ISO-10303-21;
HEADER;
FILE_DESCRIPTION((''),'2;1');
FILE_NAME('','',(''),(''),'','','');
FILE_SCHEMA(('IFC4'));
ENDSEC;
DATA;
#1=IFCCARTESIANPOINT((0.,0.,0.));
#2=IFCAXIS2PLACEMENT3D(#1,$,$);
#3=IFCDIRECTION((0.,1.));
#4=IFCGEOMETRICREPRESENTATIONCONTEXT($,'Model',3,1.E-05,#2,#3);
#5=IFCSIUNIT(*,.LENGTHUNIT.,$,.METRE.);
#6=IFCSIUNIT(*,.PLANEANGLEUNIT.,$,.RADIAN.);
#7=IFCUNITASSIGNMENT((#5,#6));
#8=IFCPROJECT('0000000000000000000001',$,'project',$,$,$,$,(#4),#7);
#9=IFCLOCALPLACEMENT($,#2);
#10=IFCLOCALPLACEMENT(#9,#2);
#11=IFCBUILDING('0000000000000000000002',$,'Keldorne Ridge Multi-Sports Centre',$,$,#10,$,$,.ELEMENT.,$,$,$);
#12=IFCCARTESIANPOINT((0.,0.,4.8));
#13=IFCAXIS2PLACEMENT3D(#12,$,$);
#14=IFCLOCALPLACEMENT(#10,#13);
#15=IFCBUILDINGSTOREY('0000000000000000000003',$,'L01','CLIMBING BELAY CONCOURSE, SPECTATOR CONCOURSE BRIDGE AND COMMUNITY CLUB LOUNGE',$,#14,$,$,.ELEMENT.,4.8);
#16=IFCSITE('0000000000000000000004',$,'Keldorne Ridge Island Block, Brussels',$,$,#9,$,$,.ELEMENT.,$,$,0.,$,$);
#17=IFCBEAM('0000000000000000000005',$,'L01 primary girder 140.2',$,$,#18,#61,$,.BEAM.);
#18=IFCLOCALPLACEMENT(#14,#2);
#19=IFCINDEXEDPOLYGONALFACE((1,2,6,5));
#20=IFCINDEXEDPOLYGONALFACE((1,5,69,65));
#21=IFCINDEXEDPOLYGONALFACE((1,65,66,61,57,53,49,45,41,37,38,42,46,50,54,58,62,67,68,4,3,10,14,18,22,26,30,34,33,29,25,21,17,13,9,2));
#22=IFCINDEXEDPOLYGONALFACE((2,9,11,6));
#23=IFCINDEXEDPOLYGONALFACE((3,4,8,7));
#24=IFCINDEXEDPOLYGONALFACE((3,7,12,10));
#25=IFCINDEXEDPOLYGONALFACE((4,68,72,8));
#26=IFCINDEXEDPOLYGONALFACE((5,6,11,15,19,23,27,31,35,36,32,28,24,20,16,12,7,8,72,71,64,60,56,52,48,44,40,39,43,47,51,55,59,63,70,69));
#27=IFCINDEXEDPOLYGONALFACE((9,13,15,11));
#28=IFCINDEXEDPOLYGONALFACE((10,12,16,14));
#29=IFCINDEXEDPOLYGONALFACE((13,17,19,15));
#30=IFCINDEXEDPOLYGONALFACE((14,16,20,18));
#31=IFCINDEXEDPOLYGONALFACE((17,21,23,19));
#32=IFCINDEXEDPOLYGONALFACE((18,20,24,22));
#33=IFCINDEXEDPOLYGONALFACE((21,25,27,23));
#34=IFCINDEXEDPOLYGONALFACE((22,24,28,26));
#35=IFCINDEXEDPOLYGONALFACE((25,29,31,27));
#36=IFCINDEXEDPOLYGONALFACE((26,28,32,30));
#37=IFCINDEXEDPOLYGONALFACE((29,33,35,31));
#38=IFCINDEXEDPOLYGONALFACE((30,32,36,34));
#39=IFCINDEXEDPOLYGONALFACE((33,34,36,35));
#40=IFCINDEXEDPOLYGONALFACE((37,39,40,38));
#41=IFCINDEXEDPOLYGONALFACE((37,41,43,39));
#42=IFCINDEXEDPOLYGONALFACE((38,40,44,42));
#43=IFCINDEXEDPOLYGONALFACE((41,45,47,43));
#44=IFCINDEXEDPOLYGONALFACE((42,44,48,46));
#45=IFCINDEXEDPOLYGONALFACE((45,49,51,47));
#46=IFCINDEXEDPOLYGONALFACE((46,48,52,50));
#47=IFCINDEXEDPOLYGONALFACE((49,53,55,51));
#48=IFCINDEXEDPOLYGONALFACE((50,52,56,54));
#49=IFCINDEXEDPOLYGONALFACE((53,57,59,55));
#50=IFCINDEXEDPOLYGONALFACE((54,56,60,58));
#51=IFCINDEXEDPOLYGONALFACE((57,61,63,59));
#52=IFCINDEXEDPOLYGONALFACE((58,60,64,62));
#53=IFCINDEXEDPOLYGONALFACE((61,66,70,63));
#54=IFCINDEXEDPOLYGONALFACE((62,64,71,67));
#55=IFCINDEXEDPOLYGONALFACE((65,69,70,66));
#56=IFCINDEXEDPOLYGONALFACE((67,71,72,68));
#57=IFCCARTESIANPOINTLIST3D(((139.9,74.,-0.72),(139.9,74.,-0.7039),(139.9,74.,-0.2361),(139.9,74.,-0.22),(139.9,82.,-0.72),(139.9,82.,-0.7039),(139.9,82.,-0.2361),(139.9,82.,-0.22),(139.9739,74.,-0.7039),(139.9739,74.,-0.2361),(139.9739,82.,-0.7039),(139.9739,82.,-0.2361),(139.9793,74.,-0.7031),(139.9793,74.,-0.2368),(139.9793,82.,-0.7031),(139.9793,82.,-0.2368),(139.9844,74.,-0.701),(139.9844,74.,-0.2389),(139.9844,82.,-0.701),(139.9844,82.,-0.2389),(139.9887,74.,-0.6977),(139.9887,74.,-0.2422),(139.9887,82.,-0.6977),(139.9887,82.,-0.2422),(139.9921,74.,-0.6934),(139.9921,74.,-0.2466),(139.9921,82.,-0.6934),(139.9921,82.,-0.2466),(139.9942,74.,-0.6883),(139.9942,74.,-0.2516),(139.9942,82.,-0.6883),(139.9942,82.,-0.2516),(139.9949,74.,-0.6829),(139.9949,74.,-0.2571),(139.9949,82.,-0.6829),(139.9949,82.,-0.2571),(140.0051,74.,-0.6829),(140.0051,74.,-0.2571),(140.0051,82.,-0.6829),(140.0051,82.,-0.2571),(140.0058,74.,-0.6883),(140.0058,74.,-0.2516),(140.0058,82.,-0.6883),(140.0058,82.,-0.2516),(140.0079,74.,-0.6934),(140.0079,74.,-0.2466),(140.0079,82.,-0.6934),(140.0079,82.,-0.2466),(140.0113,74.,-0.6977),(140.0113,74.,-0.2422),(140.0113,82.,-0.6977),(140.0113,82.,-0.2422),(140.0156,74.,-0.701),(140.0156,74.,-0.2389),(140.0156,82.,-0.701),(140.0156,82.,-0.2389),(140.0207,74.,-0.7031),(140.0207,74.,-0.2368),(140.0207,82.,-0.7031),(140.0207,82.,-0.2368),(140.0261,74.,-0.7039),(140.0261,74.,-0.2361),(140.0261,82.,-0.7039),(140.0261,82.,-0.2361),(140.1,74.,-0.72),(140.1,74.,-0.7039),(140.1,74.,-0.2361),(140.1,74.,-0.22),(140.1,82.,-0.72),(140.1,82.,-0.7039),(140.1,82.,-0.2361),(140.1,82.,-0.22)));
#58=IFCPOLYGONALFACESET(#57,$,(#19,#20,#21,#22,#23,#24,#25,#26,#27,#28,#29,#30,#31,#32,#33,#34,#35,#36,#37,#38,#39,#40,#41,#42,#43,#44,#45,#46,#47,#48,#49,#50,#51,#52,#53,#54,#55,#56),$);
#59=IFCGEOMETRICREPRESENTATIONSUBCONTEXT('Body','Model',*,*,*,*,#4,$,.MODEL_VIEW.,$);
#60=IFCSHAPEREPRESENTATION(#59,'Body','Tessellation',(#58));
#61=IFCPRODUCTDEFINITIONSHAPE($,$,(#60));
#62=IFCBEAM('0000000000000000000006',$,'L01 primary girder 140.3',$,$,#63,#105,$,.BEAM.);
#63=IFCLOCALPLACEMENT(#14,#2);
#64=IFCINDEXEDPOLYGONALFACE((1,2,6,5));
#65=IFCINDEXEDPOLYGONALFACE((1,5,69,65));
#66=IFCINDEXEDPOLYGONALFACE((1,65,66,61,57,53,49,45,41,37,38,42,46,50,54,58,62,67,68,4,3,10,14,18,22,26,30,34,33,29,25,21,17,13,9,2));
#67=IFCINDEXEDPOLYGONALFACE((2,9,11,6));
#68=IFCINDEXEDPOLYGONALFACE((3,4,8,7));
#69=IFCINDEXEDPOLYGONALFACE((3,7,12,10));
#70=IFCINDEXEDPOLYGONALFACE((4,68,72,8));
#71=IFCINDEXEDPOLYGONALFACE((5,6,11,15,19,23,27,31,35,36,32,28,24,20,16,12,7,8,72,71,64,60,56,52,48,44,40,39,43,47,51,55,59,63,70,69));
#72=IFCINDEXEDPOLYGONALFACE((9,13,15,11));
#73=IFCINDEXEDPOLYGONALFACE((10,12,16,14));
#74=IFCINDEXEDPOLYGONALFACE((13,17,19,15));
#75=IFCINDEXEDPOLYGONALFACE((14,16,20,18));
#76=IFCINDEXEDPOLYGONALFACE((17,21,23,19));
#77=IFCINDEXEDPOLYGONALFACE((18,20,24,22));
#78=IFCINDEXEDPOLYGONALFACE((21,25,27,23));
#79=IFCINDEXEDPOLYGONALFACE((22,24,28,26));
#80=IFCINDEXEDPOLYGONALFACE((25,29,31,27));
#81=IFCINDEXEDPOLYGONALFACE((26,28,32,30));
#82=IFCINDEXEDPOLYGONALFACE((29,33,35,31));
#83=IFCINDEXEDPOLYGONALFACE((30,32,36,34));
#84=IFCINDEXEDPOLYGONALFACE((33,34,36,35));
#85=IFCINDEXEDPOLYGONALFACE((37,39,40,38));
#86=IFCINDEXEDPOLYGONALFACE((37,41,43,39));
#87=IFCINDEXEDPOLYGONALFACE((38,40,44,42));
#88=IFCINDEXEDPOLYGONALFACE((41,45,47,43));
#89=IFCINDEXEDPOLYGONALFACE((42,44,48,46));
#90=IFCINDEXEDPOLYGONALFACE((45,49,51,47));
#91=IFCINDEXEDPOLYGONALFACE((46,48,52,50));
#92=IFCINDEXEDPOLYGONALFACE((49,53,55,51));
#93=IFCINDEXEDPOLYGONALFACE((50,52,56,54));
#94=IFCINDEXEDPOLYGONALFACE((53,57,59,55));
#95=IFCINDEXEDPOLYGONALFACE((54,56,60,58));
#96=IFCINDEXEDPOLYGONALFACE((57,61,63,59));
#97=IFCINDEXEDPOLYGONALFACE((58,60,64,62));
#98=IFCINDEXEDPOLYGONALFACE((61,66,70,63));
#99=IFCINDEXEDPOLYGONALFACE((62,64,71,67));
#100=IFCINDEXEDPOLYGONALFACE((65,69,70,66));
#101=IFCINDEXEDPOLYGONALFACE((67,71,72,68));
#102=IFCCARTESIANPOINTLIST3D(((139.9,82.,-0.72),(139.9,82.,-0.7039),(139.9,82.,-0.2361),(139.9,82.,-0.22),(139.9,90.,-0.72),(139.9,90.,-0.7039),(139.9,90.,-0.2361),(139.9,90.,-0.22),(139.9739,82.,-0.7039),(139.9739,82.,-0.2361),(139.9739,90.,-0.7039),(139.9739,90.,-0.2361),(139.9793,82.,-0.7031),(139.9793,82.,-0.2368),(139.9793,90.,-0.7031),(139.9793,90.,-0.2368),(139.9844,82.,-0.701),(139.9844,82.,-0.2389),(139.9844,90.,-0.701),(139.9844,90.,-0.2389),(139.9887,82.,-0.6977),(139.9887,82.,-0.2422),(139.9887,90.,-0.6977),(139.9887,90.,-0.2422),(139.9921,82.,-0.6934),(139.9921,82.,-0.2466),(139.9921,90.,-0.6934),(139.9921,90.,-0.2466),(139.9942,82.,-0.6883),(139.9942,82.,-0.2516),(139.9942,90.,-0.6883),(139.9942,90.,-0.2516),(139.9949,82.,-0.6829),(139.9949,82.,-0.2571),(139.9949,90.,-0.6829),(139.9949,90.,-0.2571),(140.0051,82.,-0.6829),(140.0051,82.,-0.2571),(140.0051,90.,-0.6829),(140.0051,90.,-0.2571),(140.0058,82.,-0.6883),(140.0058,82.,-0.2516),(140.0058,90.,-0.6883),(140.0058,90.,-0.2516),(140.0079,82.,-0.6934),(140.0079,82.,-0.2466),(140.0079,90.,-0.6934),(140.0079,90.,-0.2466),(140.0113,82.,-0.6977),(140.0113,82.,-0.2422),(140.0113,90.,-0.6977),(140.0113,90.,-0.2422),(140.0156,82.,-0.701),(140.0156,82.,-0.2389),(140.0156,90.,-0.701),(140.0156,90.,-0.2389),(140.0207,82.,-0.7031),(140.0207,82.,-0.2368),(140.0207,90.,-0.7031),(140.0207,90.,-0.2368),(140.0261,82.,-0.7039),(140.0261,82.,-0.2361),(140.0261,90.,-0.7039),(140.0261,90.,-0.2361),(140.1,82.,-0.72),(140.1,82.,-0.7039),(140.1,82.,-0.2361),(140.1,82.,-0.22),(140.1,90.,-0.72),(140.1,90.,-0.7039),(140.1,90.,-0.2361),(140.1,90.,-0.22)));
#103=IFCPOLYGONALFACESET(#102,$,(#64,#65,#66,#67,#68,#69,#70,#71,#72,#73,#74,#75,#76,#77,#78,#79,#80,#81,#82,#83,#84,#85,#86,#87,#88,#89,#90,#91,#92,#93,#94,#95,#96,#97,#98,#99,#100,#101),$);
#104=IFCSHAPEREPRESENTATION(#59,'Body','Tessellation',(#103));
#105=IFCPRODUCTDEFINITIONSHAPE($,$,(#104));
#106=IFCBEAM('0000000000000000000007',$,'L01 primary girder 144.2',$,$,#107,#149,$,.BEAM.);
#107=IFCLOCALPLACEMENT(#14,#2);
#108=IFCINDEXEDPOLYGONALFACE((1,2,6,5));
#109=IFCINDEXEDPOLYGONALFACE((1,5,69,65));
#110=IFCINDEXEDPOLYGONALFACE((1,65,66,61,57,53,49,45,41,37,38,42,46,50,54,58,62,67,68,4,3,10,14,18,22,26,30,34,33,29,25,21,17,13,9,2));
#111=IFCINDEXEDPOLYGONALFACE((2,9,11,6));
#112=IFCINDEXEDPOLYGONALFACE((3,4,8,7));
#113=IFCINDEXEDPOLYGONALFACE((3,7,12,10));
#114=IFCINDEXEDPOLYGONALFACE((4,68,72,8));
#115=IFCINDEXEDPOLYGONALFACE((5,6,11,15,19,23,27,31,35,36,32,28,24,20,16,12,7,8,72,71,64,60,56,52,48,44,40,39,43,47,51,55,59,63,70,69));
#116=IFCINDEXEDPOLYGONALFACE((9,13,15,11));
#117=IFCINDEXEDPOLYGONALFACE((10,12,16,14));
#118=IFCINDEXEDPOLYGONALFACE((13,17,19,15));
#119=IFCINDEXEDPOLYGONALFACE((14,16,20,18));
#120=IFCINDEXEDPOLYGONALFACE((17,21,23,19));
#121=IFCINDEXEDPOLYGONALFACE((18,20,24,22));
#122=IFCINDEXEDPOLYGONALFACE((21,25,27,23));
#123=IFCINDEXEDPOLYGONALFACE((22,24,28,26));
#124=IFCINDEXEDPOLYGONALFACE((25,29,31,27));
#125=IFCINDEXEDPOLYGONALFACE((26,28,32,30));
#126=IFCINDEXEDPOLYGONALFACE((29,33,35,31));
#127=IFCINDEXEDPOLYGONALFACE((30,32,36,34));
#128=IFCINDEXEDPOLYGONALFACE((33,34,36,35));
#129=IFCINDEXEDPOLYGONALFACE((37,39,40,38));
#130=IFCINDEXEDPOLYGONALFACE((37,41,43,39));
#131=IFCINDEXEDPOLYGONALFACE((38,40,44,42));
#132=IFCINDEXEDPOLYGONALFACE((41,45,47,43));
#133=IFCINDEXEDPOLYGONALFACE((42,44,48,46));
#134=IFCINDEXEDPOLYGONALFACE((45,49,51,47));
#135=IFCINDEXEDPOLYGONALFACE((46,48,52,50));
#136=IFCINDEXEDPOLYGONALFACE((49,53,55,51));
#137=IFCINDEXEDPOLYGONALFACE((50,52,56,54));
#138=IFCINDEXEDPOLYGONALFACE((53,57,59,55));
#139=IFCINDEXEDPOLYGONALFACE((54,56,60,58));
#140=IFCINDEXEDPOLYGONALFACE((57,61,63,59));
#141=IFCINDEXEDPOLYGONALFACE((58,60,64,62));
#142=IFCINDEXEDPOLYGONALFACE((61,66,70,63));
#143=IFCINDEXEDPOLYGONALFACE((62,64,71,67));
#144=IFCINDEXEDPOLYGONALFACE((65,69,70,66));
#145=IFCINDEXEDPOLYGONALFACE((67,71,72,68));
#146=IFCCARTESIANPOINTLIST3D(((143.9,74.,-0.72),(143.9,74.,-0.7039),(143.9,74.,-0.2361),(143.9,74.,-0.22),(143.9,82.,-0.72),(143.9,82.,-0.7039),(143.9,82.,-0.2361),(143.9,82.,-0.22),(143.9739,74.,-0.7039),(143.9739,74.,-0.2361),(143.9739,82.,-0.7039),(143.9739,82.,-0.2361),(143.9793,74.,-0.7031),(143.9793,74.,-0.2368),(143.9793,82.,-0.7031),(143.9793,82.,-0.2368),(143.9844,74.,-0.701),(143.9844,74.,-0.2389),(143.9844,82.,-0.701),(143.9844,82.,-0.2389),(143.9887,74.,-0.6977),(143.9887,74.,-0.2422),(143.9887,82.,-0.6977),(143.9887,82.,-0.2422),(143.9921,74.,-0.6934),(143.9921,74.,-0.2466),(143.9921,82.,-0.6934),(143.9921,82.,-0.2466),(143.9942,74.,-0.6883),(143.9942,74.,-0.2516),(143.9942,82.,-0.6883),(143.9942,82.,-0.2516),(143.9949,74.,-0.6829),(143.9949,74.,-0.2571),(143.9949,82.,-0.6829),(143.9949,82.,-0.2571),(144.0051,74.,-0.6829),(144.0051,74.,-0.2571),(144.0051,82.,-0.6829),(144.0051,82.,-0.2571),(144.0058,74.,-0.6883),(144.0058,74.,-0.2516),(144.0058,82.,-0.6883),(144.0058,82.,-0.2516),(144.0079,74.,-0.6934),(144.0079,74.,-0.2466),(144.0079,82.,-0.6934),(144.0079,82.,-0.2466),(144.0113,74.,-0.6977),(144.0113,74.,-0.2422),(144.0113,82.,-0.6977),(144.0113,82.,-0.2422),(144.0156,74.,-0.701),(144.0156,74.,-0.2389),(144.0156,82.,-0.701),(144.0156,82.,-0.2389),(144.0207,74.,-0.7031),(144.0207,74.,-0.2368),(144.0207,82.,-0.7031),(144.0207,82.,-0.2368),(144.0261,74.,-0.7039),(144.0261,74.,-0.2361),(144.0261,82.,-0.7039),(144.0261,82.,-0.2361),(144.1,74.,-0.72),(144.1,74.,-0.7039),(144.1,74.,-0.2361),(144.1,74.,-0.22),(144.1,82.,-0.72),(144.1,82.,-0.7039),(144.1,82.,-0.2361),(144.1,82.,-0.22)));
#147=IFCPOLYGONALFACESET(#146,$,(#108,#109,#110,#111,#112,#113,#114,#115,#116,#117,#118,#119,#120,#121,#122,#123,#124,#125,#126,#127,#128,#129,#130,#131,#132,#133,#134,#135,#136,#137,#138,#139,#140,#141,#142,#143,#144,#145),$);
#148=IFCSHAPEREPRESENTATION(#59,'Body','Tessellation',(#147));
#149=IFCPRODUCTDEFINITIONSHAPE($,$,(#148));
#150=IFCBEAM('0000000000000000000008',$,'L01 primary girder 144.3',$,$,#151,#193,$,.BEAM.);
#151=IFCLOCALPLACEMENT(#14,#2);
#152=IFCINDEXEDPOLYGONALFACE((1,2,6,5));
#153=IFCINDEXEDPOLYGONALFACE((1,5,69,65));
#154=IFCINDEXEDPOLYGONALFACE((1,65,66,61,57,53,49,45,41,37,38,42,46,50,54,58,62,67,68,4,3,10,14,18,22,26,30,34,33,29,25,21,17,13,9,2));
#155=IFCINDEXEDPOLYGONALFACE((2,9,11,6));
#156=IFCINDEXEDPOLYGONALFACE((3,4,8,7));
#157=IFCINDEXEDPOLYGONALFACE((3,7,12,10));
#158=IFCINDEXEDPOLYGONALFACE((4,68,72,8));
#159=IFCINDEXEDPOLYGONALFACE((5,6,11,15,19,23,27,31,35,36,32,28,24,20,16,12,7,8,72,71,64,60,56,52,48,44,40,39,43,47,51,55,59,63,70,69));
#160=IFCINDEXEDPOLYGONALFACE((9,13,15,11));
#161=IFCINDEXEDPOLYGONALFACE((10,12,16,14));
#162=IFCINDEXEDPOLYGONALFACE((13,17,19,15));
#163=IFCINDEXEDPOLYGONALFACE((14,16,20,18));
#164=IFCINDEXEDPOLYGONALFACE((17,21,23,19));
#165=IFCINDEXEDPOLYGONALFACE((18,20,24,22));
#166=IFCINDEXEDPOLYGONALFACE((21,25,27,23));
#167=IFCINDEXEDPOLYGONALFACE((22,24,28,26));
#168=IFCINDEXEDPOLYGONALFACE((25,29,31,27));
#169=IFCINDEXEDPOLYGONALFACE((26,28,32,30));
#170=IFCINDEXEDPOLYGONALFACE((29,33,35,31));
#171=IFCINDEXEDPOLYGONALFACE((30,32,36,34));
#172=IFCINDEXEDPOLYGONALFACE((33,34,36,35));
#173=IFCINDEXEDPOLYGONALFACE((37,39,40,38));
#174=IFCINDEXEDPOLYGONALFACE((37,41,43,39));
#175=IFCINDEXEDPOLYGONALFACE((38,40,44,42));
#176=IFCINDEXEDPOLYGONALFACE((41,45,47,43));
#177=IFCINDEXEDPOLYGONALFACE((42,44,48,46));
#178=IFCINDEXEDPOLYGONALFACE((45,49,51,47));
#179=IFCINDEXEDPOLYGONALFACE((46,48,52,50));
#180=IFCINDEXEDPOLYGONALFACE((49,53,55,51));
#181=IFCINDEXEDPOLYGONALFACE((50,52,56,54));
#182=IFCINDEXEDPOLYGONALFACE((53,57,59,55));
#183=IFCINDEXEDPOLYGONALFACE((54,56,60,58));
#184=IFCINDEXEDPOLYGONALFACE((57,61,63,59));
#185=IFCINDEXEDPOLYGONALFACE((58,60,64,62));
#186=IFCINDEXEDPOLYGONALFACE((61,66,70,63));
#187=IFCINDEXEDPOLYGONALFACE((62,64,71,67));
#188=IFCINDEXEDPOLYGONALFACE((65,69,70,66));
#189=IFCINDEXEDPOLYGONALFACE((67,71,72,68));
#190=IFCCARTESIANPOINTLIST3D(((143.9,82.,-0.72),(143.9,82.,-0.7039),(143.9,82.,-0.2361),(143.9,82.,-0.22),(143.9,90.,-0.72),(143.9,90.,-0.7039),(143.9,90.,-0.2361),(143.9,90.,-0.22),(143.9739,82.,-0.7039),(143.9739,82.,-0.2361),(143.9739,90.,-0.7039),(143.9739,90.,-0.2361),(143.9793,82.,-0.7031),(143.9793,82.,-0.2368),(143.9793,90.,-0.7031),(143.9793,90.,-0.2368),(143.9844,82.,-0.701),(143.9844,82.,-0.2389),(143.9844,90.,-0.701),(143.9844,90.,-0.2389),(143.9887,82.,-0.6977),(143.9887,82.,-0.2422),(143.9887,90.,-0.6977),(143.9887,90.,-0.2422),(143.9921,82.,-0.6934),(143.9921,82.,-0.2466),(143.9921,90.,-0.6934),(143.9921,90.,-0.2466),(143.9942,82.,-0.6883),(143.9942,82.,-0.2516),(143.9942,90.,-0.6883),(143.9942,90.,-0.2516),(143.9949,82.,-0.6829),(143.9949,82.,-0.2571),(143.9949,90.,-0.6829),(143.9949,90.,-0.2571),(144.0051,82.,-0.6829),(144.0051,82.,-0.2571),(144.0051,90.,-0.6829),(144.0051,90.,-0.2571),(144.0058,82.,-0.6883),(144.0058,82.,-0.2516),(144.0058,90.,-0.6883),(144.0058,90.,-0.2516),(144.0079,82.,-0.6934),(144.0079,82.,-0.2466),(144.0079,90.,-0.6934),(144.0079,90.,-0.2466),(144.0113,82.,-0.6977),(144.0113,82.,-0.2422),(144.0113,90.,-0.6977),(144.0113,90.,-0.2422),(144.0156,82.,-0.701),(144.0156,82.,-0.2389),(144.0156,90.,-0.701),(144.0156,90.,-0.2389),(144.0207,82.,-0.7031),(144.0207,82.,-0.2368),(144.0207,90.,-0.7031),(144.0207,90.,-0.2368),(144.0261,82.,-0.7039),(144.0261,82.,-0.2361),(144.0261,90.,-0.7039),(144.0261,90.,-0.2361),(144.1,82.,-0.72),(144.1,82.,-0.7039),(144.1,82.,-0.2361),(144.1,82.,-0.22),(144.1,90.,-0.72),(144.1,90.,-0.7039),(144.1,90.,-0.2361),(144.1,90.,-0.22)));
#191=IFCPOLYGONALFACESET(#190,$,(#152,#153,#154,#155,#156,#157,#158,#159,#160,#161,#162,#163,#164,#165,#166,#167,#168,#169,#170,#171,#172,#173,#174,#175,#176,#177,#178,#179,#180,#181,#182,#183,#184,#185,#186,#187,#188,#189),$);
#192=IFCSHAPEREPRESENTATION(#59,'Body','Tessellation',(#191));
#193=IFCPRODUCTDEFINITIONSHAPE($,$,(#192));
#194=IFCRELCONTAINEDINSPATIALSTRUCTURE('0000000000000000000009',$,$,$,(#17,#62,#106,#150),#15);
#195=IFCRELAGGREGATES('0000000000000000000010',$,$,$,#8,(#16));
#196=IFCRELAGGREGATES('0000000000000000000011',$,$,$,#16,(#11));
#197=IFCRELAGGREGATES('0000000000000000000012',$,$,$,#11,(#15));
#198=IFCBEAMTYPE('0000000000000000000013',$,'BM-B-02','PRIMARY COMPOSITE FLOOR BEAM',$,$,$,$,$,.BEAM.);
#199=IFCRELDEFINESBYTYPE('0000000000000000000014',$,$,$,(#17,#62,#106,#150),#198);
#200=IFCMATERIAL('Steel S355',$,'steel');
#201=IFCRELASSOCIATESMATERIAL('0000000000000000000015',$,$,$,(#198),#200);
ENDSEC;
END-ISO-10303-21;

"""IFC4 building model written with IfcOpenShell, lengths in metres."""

from ifc_helpers import new_model, si_unit, direction, frame, origin, origin_2d, place, context, subcontext, project, spatial, i_section, extrude, material, material_profile, profile_set, type_object, element, save


model = new_model("IFC4")

# Units and contexts
model_context = context("Model", 3, precision=1e-05, world=origin(), true_north=direction((0.0, 1.0)))
body_context = subcontext(model_context, "Body", "Model", "MODEL_VIEW")
ifc_project = project(units=[si_unit("LENGTHUNIT", "METRE"), si_unit("PLANEANGLEUNIT", "RADIAN")], contexts=[model_context])

# Site, building, storey
site_placement = place(None, origin())
site = spatial("IfcSite", under=ifc_project, at=site_placement, Name="Keldorne Ridge Island Block, Brussels", CompositionType="ELEMENT", RefElevation=0.0)
building_placement = place(site_placement, origin())
building = spatial("IfcBuilding", under=site, at=building_placement, Name="Keldorne Ridge Multi-Sports Centre", CompositionType="ELEMENT")
storey_placement = place(building_placement, frame((0.0, 0.0, 4.8)))
storey = spatial("IfcBuildingStorey", under=building, at=storey_placement, Name="L01", Description="CLIMBING BELAY CONCOURSE, SPECTATOR CONCOURSE BRIDGE AND COMMUNITY CLUB LOUNGE", CompositionType="ELEMENT", Elevation=4.8)

# Shared definitions
ifc_material_1 = material(Name="Steel S355", Category="steel")

# Beams
ifc_material_profile_1 = material_profile(ifc_material_1, i_section(OverallWidth=0.2, OverallDepth=0.5, WebThickness=0.0103, FlangeThickness=0.0161, FilletRadius=0.021, at=origin_2d()), Name="IPE 500")
ifc_profile_set_1 = profile_set([ifc_material_profile_1], Name="Steel S355")
beam_type_1 = type_object("IfcBeamType", Name="BM-B-02", Description="PRIMARY COMPOSITE FLOOR BEAM", PredefinedType="BEAM", material=ifc_profile_set_1)
for number, where, z_axis, x_axis, name in (
    (1, (140.0, 74.0, -0.47), (0.0, 1.0, 0.0), (-1.0, 0.0, 0.0), "L01 primary girder 140.2"),
    (2, (140.0, 82.0, -0.47), (0.0, 1.0, 0.0), (-1.0, 0.0, 0.0), "L01 primary girder 140.3"),
    (3, (144.0, 74.0, -0.47), (0.0, 1.0, 0.0), (-1.0, 0.0, 0.0), "L01 primary girder 144.2"),
    (4, (144.0, 82.0, -0.47), (0.0, 1.0, 0.0), (-1.0, 0.0, 0.0), "L01 primary girder 144.3"),
):
    element("IfcBeam", number, at=place(storey_placement, frame(where, z_axis=z_axis, x_axis=x_axis)), inside=storey, type_object=beam_type_1, Name=name, PredefinedType="BEAM", context=body_context, shape_type="SweptSolid", body=[
        extrude(i_section(OverallWidth=0.2, OverallDepth=0.5, WebThickness=0.0103, FlangeThickness=0.0161, FilletRadius=0.021, at=origin_2d()), origin(), (0.0, 0.0, 1.0), 8.0),
    ])

save(model, "model.ifc")
